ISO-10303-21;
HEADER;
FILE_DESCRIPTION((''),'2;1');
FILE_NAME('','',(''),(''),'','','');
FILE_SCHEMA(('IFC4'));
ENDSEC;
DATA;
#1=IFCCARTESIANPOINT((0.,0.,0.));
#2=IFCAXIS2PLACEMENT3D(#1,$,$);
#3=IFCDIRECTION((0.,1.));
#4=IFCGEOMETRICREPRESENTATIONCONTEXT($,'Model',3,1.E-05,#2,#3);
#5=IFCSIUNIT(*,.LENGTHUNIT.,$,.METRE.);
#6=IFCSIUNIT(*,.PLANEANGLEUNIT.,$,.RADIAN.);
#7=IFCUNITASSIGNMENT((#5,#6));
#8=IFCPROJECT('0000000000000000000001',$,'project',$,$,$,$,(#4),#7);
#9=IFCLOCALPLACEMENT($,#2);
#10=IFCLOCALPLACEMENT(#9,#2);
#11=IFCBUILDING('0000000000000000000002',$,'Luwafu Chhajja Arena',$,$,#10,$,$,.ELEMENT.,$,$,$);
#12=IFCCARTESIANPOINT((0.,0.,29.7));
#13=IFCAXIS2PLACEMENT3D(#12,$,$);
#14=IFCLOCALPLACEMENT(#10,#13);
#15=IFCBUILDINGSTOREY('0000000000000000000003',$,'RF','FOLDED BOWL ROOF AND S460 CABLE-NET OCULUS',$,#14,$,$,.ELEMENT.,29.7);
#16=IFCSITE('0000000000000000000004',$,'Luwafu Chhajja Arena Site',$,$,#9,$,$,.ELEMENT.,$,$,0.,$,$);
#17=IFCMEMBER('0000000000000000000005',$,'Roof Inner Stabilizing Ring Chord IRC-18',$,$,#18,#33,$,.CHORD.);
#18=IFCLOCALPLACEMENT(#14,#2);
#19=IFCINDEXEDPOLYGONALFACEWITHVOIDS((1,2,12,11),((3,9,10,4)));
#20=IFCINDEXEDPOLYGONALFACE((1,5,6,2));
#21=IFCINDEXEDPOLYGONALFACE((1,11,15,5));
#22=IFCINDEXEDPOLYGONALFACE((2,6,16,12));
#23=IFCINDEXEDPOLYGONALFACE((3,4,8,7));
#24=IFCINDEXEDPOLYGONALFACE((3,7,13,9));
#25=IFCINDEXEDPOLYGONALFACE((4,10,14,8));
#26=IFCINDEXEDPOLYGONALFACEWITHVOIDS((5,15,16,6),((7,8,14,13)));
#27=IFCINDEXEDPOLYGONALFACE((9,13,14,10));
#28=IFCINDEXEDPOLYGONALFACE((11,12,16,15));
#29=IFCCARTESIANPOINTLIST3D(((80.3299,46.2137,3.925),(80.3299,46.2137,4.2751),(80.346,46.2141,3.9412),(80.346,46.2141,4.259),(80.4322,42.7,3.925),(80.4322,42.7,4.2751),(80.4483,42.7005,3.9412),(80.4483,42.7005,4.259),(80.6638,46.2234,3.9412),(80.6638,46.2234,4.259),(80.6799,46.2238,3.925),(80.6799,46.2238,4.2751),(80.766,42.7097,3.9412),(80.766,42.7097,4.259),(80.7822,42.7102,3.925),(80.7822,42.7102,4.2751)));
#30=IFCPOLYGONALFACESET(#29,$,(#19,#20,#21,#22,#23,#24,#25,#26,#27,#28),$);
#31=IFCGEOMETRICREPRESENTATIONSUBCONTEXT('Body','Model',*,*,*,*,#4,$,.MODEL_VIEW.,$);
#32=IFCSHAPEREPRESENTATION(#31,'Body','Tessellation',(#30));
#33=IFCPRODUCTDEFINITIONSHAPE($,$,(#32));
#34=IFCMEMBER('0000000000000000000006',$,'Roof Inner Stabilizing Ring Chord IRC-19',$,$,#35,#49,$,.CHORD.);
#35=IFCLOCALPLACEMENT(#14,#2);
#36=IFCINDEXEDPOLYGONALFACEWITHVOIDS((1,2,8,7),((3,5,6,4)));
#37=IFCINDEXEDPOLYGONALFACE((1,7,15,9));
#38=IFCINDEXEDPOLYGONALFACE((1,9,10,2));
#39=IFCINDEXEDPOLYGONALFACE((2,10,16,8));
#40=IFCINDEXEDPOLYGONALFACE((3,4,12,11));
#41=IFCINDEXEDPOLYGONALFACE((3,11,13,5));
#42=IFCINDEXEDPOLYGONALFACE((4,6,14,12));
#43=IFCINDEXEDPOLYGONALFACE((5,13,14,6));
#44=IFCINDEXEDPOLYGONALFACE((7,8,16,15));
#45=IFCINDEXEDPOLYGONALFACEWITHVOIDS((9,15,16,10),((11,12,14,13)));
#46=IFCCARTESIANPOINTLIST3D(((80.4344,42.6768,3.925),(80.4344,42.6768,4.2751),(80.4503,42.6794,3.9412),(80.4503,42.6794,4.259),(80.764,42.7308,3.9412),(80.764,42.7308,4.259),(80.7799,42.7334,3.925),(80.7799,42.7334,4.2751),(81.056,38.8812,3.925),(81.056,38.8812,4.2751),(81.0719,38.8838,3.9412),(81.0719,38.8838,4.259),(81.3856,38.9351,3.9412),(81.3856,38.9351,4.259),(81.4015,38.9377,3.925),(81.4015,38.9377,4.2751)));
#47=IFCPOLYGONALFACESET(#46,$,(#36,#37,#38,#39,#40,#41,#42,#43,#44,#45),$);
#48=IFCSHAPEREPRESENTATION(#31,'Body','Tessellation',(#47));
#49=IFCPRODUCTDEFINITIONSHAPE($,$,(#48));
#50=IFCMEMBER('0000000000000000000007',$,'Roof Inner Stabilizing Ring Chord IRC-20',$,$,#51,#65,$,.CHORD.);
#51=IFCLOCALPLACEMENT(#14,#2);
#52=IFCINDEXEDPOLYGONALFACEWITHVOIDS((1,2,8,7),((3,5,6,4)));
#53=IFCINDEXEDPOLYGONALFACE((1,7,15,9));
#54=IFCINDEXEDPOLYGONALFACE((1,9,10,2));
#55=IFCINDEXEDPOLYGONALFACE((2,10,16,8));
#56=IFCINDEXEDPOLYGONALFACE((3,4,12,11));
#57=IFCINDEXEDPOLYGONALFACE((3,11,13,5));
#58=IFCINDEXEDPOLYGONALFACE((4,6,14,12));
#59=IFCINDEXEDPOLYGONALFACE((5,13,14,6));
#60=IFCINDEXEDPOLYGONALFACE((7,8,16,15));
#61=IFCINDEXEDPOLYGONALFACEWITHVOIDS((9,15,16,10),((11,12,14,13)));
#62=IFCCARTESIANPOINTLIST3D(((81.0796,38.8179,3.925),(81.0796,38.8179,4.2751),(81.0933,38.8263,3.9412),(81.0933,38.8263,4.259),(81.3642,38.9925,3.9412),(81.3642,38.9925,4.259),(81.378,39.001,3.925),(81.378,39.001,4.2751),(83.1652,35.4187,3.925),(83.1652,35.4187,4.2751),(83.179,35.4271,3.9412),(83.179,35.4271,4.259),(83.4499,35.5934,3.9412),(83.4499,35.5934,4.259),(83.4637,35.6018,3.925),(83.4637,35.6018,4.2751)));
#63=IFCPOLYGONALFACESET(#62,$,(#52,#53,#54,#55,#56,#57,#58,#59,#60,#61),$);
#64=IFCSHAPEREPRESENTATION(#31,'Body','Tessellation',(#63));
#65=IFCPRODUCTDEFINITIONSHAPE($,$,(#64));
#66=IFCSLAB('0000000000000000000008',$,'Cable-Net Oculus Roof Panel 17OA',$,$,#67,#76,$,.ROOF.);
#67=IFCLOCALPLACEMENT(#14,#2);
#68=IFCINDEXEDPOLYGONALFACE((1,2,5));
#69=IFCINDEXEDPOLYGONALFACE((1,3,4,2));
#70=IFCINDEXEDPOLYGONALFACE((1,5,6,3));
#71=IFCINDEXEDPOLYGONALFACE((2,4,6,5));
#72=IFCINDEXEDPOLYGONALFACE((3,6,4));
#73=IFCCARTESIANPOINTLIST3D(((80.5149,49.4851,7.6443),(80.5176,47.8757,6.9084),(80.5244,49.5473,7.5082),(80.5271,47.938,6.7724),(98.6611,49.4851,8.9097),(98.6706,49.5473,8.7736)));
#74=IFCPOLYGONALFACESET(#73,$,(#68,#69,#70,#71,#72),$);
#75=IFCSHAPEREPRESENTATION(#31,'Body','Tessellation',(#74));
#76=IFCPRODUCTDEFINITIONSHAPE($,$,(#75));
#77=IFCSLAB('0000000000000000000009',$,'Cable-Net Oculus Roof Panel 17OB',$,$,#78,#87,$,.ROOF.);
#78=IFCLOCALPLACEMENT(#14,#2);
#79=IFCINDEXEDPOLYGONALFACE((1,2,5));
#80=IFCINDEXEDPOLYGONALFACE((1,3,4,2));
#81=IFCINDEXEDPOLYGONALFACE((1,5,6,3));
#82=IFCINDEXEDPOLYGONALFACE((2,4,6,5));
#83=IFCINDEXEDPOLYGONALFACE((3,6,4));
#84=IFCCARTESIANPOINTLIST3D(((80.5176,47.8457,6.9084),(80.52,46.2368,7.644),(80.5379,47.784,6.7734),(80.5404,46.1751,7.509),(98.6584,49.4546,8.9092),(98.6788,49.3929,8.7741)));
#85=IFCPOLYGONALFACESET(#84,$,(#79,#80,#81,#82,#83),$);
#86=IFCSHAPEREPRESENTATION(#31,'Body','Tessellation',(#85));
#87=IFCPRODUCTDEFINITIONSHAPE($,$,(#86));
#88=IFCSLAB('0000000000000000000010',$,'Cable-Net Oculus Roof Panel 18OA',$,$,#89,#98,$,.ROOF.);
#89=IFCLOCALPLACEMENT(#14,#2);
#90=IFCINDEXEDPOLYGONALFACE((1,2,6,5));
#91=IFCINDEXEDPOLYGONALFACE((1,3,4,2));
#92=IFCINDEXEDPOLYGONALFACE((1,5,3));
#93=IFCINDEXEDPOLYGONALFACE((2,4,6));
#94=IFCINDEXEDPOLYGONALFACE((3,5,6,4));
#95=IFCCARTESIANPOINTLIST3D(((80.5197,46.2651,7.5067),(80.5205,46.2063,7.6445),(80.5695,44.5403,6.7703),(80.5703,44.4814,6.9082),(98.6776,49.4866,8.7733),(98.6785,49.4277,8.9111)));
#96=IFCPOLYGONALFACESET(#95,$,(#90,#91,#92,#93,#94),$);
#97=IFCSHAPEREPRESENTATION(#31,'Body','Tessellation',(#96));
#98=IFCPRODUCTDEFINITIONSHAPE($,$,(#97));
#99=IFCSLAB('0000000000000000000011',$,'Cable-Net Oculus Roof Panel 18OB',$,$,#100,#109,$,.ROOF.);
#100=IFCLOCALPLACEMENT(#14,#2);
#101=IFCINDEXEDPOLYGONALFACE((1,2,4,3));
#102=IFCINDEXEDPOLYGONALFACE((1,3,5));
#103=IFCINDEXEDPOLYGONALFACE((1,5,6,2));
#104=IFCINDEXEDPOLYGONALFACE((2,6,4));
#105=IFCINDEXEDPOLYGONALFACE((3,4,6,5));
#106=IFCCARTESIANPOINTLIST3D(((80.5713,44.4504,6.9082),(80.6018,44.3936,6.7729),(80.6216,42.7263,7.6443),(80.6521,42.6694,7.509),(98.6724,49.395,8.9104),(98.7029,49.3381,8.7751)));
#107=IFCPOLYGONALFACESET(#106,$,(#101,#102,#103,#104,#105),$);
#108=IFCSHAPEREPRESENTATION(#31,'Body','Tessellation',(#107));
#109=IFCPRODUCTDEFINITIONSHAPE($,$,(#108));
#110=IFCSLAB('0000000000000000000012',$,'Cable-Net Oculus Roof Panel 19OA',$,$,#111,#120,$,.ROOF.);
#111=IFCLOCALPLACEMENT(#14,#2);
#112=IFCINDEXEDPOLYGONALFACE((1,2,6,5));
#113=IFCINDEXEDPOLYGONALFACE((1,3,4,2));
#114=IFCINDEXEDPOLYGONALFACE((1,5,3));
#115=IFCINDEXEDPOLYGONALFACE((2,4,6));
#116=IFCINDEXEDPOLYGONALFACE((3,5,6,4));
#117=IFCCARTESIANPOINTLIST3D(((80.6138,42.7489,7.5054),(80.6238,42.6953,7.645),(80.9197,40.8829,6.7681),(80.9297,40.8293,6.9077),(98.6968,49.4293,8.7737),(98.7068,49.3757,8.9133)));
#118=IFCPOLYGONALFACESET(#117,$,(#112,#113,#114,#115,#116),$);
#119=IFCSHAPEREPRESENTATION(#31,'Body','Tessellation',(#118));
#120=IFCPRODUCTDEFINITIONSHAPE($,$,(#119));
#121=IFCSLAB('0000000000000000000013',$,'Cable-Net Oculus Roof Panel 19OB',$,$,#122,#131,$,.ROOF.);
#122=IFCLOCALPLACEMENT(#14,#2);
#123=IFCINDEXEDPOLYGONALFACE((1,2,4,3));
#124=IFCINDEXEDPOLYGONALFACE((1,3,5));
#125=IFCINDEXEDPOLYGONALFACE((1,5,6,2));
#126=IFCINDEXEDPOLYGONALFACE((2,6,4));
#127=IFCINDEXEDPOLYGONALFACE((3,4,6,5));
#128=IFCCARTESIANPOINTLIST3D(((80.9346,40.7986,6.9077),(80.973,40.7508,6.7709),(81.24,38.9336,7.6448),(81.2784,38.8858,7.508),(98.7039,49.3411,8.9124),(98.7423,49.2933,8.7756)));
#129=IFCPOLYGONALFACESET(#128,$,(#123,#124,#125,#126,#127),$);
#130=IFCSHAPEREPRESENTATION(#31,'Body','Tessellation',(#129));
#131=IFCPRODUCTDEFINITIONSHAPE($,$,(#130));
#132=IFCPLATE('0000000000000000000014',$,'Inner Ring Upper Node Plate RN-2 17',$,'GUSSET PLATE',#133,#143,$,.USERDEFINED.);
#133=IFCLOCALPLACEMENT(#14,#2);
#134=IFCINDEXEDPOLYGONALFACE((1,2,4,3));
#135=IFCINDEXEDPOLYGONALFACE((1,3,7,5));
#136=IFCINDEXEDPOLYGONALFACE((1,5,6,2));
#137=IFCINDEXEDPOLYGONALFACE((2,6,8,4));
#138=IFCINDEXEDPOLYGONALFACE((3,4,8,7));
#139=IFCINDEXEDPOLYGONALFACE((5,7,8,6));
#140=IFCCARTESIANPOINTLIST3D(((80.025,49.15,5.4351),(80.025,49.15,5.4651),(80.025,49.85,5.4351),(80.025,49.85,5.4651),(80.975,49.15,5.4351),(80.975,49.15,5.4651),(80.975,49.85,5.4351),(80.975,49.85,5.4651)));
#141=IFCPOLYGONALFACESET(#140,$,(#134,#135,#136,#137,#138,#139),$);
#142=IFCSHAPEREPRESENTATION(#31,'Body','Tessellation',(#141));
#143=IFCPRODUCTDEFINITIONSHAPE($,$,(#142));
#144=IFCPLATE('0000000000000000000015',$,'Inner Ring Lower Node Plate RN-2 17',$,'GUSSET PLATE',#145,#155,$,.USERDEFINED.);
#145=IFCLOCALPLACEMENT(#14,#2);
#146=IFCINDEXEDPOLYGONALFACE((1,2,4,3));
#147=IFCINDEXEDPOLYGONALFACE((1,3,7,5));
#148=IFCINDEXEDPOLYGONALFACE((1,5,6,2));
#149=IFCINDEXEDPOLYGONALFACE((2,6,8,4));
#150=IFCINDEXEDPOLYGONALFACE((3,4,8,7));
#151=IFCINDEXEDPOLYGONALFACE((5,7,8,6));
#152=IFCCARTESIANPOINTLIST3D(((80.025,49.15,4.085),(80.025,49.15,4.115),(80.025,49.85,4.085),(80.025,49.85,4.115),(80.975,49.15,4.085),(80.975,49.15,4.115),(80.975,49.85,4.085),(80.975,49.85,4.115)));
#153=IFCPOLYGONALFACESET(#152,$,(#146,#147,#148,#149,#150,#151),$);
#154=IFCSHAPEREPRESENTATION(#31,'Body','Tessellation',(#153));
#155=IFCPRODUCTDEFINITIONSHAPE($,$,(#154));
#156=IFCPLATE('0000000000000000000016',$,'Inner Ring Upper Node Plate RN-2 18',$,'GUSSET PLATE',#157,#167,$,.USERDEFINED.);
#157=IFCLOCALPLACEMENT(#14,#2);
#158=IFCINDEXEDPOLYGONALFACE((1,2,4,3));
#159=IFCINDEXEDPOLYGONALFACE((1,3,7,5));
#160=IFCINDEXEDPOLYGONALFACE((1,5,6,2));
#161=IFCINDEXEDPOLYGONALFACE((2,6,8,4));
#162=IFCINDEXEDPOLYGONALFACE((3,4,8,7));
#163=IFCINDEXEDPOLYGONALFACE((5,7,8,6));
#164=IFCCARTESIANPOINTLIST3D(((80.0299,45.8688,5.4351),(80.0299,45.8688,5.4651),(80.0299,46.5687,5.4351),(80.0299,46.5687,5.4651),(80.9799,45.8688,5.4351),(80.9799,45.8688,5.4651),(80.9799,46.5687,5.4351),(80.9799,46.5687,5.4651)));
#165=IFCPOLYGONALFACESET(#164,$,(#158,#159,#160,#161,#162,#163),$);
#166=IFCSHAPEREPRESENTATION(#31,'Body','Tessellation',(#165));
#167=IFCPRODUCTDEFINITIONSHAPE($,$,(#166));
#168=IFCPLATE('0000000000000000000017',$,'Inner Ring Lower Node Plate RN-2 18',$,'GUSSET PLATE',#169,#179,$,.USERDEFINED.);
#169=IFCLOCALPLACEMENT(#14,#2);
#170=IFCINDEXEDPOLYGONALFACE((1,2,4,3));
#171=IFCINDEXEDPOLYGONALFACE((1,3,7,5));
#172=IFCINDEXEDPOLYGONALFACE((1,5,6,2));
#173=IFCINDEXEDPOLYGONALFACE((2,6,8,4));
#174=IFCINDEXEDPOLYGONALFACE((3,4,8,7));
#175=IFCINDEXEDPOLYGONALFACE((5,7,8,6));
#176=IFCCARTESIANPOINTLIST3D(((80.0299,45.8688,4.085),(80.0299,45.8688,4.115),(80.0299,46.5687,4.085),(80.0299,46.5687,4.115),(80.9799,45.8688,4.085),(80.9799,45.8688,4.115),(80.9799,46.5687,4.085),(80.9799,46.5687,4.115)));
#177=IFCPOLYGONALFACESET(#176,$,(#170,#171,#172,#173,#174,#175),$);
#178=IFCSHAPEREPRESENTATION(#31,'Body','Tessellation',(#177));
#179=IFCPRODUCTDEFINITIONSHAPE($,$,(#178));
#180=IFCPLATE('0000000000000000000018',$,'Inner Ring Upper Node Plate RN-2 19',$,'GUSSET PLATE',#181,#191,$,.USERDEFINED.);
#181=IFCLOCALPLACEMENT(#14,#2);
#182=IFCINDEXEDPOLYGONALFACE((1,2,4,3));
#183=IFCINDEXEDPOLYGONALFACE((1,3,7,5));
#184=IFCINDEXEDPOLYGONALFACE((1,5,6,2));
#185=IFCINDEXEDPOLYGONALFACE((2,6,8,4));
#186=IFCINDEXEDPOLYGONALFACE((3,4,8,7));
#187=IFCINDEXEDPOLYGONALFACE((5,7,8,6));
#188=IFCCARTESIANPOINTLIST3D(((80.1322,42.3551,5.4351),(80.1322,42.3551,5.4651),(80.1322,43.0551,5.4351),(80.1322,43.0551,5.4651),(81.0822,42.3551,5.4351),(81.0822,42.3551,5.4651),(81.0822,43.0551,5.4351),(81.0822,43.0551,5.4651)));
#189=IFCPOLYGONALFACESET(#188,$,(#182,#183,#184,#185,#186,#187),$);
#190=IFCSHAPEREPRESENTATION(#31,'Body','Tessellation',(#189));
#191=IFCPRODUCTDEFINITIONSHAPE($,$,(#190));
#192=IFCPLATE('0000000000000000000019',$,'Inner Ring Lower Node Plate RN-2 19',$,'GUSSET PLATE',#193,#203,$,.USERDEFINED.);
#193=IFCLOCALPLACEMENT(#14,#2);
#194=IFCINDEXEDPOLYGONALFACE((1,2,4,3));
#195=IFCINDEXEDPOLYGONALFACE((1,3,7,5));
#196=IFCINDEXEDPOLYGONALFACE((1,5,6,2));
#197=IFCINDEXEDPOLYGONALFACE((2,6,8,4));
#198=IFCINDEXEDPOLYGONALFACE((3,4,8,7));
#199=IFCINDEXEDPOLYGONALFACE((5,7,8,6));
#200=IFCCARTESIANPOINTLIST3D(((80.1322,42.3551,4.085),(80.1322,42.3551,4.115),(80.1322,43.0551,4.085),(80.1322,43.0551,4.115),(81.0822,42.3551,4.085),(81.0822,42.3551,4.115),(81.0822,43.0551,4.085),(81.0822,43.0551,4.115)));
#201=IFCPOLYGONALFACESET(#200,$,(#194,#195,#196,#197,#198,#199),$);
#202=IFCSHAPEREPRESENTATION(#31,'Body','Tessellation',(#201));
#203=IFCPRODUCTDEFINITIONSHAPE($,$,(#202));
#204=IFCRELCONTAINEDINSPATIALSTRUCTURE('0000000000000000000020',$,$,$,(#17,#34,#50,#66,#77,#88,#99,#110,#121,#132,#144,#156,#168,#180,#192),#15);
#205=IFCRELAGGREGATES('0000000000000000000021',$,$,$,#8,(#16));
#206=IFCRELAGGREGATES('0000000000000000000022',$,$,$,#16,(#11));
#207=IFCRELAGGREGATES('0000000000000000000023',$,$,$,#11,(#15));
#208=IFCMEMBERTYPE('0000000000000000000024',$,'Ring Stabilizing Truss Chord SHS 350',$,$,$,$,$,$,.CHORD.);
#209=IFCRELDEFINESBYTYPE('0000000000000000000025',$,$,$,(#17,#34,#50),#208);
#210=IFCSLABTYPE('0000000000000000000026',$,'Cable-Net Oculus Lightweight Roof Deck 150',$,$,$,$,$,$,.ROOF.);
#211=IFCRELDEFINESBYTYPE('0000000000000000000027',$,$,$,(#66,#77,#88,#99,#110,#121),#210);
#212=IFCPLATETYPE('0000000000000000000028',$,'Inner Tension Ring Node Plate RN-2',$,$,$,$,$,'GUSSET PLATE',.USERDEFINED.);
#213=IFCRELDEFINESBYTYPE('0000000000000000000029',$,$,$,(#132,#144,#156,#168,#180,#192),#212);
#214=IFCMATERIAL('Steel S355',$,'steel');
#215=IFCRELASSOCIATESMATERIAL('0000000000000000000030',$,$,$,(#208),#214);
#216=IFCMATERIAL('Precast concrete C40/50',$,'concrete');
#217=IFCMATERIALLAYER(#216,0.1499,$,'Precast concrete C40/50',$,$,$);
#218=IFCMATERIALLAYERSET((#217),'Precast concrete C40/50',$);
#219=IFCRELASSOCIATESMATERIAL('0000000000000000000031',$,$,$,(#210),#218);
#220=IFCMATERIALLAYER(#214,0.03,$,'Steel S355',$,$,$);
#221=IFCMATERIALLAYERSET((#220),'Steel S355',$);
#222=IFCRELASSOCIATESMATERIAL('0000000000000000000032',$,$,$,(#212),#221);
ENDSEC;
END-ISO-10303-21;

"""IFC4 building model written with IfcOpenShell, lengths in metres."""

from ifc_helpers import new_model, si_unit, direction, frame, origin, origin_2d, place, context, subcontext, project, spatial, polyline, rectangle, hollow_rectangle, outline, extrude, material, layer, layer_set, material_profile, profile_set, type_object, element, save


model = new_model("IFC4")

# Units and contexts
model_context = context("Model", 3, precision=1e-05, world=origin(), true_north=direction((0.0, 1.0)))
body_context = subcontext(model_context, "Body", "Model", "MODEL_VIEW")
ifc_project = project(units=[si_unit("LENGTHUNIT", "METRE"), si_unit("PLANEANGLEUNIT", "RADIAN")], contexts=[model_context])

# Site, building, storey
site_placement = place(None, origin())
site = spatial("IfcSite", under=ifc_project, at=site_placement, Name="Luwafu Chhajja Arena Site", CompositionType="ELEMENT", RefElevation=0.0)
building_placement = place(site_placement, origin())
building = spatial("IfcBuilding", under=site, at=building_placement, Name="Luwafu Chhajja Arena", CompositionType="ELEMENT")
storey_placement = place(building_placement, frame((0.0, 0.0, 29.7)))
storey = spatial("IfcBuildingStorey", under=building, at=storey_placement, Name="RF", Description="FOLDED BOWL ROOF AND S460 CABLE-NET OCULUS", CompositionType="ELEMENT", Elevation=29.7)

# Shared definitions
ifc_material_1 = material(Name="Steel S355", Category="steel")

# Members
ifc_material_profile_1 = material_profile(ifc_material_1, hollow_rectangle(XDim=0.3501, YDim=0.3501, WallThickness=0.0161, at=origin_2d()), Name="SHS 350x350x16")
ifc_profile_set_1 = profile_set([ifc_material_profile_1], Name="Steel S355")
member_type_1 = type_object("IfcMemberType", Name="Ring Stabilizing Truss Chord SHS 350", PredefinedType="CHORD", material=ifc_profile_set_1)
member_1_placement = place(storey_placement, frame((80.5049, 46.2188, 4.1001), z_axis=(0.029101, -0.999576, 0.0), x_axis=(0.999576, 0.029101, 0.0)))
element("IfcMember", 1, at=member_1_placement, inside=storey, type_object=member_type_1, Name="Roof Inner Stabilizing Ring Chord IRC-18", PredefinedType="CHORD", context=body_context, shape_type="SweptSolid", body=[
    extrude(hollow_rectangle(XDim=0.3501, YDim=0.3501, WallThickness=0.0161, at=origin_2d()), origin(), (0.0, 0.0, 1.0), 3.5151),
])
member_2_placement = place(storey_placement, frame((80.6072, 42.7051, 4.1001), z_axis=(0.161609, -0.986855, 0.0), x_axis=(0.986855, 0.161609, 0.0)))
element("IfcMember", 2, at=member_2_placement, inside=storey, type_object=member_type_1, Name="Roof Inner Stabilizing Ring Chord IRC-19", PredefinedType="CHORD", context=body_context, shape_type="SweptSolid", body=[
    extrude(hollow_rectangle(XDim=0.3501, YDim=0.3501, WallThickness=0.0161, at=origin_2d()), origin(), (0.0, 0.0, 1.0), 3.8462),
])
member_3_placement = place(storey_placement, frame((81.2288, 38.9094, 4.1001), z_axis=(0.522987, -0.852341, 0.0), x_axis=(0.852341, 0.522987, 0.0)))
element("IfcMember", 3, at=member_3_placement, inside=storey, type_object=member_type_1, Name="Roof Inner Stabilizing Ring Chord IRC-20", PredefinedType="CHORD", context=body_context, shape_type="SweptSolid", body=[
    extrude(hollow_rectangle(XDim=0.3501, YDim=0.3501, WallThickness=0.0161, at=origin_2d()), origin(), (0.0, 0.0, 1.0), 3.988),
])

# Slabs
ifc_material_2 = material(Name="Precast concrete C40/50", Category="concrete")
ifc_layer_1 = layer(ifc_material_2, 0.1499, Name="Precast concrete C40/50")
ifc_layer_set_1 = layer_set([ifc_layer_1], Name="Precast concrete C40/50")
slab_type = type_object("IfcSlabType", Name="Cable-Net Oculus Lightweight Roof Deck 150", PredefinedType="ROOF", material=ifc_layer_set_1)
slab_1_placement = place(storey_placement, frame((80.5149, 49.4851, 7.6443), z_axis=(-0.063288, -0.415072, 0.907585), x_axis=(0.997578, 0.0, 0.069563)))
element("IfcSlab", 4, at=slab_1_placement, inside=storey, type_object=slab_type, Name="Cable-Net Oculus Roof Panel 17OA", PredefinedType="ROOF", context=body_context, shape_type="SweptSolid", body=[
    extrude(outline(polyline([(0.0, 0.0), (18.1903, 0.0), (-0.0485, -1.769), (0.0, 0.0)])), origin(), (0.0, 0.0, -1.0), 0.1499),
])
slab_2_placement = place(storey_placement, frame((80.5176, 47.8457, 6.9084), z_axis=(-0.135901, 0.41178, 0.901093), x_axis=(0.990133, 0.087813, 0.1092)))
element("IfcSlab", 5, at=slab_2_placement, inside=storey, type_object=slab_type, Name="Cable-Net Oculus Roof Panel 17OB", PredefinedType="ROOF", context=body_context, shape_type="SweptSolid", body=[
    extrude(outline(polyline([(0.0, 0.0), (18.3216, 0.0), (-0.0585, -1.7681), (0.0, 0.0)])), origin(), (0.0, 0.0, -1.0), 0.1499),
])
slab_3_placement = place(storey_placement, frame((80.5205, 46.2063, 7.6445), z_axis=(0.005473, -0.392475, 0.919746), x_axis=(0.98231, 0.174273, 0.068521)))
element("IfcSlab", 6, at=slab_3_placement, inside=storey, type_object=slab_type, Name="Cable-Net Oculus Roof Panel 18OA", PredefinedType="ROOF", context=body_context, shape_type="SweptSolid", body=[
    extrude(outline(polyline([(0.0, 0.0), (18.485, 0.0), (-0.3021, -1.8516), (0.0, 0.0)])), origin(), (0.0, 0.0, -1.0), 0.1499),
])
slab_4_placement = place(storey_placement, frame((80.5713, 44.4504, 6.9082), z_axis=(-0.203476, 0.379405, 0.902579), x_axis=(0.959211, 0.262023, 0.1061)))
element("IfcSlab", 7, at=slab_4_placement, inside=storey, type_object=slab_type, Name="Cable-Net Oculus Roof Panel 18OB", PredefinedType="ROOF", context=body_context, shape_type="SweptSolid", body=[
    extrude(outline(polyline([(0.0, 0.0), (18.8708, 0.0), (-0.3254, -1.8469), (0.0, 0.0)])), origin(), (0.0, 0.0, -1.0), 0.1499),
])
slab_5_placement = place(storey_placement, frame((80.6238, 42.6953, 7.645), z_axis=(0.066618, -0.357203, 0.931648), x_axis=(0.936012, 0.345792, 0.06565)))
element("IfcSlab", 8, at=slab_5_placement, inside=storey, type_object=slab_type, Name="Cable-Net Oculus Roof Panel 19OA", PredefinedType="ROOF", context=body_context, shape_type="SweptSolid", body=[
    extrude(outline(polyline([(0.0, 0.0), (19.3192, 0.0), (-0.4073, -1.9882), (0.0, 0.0)])), origin(), (0.0, 0.0, -1.0), 0.1499),
])
slab_6_placement = place(storey_placement, frame((80.9346, 40.7986, 6.9077), z_axis=(-0.25617, 0.318708, 0.91258), x_axis=(0.896638, 0.431054, 0.101154)))
element("IfcSlab", 9, at=slab_6_placement, inside=storey, type_object=slab_type, Name="Cable-Net Oculus Roof Panel 19OB", PredefinedType="ROOF", context=body_context, shape_type="SweptSolid", body=[
    extrude(outline(polyline([(0.0, 0.0), (19.8177, 0.0), (-0.4555, -1.9767), (0.0, 0.0)])), origin(), (0.0, 0.0, -1.0), 0.1499),
])

# Plates
ifc_layer_2 = layer(ifc_material_1, 0.03, Name="Steel S355")
ifc_layer_set_2 = layer_set([ifc_layer_2], Name="Steel S355")
plate_type = type_object("IfcPlateType", Name="Inner Tension Ring Node Plate RN-2", ElementType="GUSSET PLATE", PredefinedType="USERDEFINED", material=ifc_layer_set_2)
for number, where, z_axis, x_axis, name in (
    (10, (80.5, 49.5, 5.4351), (0.0, 0.0, 1.0), (1.0, 0.0, 0.0), "Inner Ring Upper Node Plate RN-2 17"),
    (11, (80.5, 49.5, 4.085), (0.0, 0.0, 1.0), (1.0, 0.0, 0.0), "Inner Ring Lower Node Plate RN-2 17"),
    (12, (80.5049, 46.2188, 5.4351), (0.0, 0.0, 1.0), (1.0, 0.0, 0.0), "Inner Ring Upper Node Plate RN-2 18"),
    (13, (80.5049, 46.2188, 4.085), (0.0, 0.0, 1.0), (1.0, 0.0, 0.0), "Inner Ring Lower Node Plate RN-2 18"),
    (14, (80.6072, 42.7051, 5.4351), (0.0, 0.0, 1.0), (1.0, 0.0, 0.0), "Inner Ring Upper Node Plate RN-2 19"),
    (15, (80.6072, 42.7051, 4.085), (0.0, 0.0, 1.0), (1.0, 0.0, 0.0), "Inner Ring Lower Node Plate RN-2 19"),
):
    element("IfcPlate", number, at=place(storey_placement, frame(where, z_axis=z_axis, x_axis=x_axis)), inside=storey, type_object=plate_type, Name=name, ObjectType="GUSSET PLATE", PredefinedType="USERDEFINED", context=body_context, shape_type="SweptSolid", body=[
        extrude(rectangle(XDim=0.95, YDim=0.7, at=origin_2d()), origin(), (0.0, 0.0, 1.0), 0.03),
    ])

save(model, "model.ifc")
